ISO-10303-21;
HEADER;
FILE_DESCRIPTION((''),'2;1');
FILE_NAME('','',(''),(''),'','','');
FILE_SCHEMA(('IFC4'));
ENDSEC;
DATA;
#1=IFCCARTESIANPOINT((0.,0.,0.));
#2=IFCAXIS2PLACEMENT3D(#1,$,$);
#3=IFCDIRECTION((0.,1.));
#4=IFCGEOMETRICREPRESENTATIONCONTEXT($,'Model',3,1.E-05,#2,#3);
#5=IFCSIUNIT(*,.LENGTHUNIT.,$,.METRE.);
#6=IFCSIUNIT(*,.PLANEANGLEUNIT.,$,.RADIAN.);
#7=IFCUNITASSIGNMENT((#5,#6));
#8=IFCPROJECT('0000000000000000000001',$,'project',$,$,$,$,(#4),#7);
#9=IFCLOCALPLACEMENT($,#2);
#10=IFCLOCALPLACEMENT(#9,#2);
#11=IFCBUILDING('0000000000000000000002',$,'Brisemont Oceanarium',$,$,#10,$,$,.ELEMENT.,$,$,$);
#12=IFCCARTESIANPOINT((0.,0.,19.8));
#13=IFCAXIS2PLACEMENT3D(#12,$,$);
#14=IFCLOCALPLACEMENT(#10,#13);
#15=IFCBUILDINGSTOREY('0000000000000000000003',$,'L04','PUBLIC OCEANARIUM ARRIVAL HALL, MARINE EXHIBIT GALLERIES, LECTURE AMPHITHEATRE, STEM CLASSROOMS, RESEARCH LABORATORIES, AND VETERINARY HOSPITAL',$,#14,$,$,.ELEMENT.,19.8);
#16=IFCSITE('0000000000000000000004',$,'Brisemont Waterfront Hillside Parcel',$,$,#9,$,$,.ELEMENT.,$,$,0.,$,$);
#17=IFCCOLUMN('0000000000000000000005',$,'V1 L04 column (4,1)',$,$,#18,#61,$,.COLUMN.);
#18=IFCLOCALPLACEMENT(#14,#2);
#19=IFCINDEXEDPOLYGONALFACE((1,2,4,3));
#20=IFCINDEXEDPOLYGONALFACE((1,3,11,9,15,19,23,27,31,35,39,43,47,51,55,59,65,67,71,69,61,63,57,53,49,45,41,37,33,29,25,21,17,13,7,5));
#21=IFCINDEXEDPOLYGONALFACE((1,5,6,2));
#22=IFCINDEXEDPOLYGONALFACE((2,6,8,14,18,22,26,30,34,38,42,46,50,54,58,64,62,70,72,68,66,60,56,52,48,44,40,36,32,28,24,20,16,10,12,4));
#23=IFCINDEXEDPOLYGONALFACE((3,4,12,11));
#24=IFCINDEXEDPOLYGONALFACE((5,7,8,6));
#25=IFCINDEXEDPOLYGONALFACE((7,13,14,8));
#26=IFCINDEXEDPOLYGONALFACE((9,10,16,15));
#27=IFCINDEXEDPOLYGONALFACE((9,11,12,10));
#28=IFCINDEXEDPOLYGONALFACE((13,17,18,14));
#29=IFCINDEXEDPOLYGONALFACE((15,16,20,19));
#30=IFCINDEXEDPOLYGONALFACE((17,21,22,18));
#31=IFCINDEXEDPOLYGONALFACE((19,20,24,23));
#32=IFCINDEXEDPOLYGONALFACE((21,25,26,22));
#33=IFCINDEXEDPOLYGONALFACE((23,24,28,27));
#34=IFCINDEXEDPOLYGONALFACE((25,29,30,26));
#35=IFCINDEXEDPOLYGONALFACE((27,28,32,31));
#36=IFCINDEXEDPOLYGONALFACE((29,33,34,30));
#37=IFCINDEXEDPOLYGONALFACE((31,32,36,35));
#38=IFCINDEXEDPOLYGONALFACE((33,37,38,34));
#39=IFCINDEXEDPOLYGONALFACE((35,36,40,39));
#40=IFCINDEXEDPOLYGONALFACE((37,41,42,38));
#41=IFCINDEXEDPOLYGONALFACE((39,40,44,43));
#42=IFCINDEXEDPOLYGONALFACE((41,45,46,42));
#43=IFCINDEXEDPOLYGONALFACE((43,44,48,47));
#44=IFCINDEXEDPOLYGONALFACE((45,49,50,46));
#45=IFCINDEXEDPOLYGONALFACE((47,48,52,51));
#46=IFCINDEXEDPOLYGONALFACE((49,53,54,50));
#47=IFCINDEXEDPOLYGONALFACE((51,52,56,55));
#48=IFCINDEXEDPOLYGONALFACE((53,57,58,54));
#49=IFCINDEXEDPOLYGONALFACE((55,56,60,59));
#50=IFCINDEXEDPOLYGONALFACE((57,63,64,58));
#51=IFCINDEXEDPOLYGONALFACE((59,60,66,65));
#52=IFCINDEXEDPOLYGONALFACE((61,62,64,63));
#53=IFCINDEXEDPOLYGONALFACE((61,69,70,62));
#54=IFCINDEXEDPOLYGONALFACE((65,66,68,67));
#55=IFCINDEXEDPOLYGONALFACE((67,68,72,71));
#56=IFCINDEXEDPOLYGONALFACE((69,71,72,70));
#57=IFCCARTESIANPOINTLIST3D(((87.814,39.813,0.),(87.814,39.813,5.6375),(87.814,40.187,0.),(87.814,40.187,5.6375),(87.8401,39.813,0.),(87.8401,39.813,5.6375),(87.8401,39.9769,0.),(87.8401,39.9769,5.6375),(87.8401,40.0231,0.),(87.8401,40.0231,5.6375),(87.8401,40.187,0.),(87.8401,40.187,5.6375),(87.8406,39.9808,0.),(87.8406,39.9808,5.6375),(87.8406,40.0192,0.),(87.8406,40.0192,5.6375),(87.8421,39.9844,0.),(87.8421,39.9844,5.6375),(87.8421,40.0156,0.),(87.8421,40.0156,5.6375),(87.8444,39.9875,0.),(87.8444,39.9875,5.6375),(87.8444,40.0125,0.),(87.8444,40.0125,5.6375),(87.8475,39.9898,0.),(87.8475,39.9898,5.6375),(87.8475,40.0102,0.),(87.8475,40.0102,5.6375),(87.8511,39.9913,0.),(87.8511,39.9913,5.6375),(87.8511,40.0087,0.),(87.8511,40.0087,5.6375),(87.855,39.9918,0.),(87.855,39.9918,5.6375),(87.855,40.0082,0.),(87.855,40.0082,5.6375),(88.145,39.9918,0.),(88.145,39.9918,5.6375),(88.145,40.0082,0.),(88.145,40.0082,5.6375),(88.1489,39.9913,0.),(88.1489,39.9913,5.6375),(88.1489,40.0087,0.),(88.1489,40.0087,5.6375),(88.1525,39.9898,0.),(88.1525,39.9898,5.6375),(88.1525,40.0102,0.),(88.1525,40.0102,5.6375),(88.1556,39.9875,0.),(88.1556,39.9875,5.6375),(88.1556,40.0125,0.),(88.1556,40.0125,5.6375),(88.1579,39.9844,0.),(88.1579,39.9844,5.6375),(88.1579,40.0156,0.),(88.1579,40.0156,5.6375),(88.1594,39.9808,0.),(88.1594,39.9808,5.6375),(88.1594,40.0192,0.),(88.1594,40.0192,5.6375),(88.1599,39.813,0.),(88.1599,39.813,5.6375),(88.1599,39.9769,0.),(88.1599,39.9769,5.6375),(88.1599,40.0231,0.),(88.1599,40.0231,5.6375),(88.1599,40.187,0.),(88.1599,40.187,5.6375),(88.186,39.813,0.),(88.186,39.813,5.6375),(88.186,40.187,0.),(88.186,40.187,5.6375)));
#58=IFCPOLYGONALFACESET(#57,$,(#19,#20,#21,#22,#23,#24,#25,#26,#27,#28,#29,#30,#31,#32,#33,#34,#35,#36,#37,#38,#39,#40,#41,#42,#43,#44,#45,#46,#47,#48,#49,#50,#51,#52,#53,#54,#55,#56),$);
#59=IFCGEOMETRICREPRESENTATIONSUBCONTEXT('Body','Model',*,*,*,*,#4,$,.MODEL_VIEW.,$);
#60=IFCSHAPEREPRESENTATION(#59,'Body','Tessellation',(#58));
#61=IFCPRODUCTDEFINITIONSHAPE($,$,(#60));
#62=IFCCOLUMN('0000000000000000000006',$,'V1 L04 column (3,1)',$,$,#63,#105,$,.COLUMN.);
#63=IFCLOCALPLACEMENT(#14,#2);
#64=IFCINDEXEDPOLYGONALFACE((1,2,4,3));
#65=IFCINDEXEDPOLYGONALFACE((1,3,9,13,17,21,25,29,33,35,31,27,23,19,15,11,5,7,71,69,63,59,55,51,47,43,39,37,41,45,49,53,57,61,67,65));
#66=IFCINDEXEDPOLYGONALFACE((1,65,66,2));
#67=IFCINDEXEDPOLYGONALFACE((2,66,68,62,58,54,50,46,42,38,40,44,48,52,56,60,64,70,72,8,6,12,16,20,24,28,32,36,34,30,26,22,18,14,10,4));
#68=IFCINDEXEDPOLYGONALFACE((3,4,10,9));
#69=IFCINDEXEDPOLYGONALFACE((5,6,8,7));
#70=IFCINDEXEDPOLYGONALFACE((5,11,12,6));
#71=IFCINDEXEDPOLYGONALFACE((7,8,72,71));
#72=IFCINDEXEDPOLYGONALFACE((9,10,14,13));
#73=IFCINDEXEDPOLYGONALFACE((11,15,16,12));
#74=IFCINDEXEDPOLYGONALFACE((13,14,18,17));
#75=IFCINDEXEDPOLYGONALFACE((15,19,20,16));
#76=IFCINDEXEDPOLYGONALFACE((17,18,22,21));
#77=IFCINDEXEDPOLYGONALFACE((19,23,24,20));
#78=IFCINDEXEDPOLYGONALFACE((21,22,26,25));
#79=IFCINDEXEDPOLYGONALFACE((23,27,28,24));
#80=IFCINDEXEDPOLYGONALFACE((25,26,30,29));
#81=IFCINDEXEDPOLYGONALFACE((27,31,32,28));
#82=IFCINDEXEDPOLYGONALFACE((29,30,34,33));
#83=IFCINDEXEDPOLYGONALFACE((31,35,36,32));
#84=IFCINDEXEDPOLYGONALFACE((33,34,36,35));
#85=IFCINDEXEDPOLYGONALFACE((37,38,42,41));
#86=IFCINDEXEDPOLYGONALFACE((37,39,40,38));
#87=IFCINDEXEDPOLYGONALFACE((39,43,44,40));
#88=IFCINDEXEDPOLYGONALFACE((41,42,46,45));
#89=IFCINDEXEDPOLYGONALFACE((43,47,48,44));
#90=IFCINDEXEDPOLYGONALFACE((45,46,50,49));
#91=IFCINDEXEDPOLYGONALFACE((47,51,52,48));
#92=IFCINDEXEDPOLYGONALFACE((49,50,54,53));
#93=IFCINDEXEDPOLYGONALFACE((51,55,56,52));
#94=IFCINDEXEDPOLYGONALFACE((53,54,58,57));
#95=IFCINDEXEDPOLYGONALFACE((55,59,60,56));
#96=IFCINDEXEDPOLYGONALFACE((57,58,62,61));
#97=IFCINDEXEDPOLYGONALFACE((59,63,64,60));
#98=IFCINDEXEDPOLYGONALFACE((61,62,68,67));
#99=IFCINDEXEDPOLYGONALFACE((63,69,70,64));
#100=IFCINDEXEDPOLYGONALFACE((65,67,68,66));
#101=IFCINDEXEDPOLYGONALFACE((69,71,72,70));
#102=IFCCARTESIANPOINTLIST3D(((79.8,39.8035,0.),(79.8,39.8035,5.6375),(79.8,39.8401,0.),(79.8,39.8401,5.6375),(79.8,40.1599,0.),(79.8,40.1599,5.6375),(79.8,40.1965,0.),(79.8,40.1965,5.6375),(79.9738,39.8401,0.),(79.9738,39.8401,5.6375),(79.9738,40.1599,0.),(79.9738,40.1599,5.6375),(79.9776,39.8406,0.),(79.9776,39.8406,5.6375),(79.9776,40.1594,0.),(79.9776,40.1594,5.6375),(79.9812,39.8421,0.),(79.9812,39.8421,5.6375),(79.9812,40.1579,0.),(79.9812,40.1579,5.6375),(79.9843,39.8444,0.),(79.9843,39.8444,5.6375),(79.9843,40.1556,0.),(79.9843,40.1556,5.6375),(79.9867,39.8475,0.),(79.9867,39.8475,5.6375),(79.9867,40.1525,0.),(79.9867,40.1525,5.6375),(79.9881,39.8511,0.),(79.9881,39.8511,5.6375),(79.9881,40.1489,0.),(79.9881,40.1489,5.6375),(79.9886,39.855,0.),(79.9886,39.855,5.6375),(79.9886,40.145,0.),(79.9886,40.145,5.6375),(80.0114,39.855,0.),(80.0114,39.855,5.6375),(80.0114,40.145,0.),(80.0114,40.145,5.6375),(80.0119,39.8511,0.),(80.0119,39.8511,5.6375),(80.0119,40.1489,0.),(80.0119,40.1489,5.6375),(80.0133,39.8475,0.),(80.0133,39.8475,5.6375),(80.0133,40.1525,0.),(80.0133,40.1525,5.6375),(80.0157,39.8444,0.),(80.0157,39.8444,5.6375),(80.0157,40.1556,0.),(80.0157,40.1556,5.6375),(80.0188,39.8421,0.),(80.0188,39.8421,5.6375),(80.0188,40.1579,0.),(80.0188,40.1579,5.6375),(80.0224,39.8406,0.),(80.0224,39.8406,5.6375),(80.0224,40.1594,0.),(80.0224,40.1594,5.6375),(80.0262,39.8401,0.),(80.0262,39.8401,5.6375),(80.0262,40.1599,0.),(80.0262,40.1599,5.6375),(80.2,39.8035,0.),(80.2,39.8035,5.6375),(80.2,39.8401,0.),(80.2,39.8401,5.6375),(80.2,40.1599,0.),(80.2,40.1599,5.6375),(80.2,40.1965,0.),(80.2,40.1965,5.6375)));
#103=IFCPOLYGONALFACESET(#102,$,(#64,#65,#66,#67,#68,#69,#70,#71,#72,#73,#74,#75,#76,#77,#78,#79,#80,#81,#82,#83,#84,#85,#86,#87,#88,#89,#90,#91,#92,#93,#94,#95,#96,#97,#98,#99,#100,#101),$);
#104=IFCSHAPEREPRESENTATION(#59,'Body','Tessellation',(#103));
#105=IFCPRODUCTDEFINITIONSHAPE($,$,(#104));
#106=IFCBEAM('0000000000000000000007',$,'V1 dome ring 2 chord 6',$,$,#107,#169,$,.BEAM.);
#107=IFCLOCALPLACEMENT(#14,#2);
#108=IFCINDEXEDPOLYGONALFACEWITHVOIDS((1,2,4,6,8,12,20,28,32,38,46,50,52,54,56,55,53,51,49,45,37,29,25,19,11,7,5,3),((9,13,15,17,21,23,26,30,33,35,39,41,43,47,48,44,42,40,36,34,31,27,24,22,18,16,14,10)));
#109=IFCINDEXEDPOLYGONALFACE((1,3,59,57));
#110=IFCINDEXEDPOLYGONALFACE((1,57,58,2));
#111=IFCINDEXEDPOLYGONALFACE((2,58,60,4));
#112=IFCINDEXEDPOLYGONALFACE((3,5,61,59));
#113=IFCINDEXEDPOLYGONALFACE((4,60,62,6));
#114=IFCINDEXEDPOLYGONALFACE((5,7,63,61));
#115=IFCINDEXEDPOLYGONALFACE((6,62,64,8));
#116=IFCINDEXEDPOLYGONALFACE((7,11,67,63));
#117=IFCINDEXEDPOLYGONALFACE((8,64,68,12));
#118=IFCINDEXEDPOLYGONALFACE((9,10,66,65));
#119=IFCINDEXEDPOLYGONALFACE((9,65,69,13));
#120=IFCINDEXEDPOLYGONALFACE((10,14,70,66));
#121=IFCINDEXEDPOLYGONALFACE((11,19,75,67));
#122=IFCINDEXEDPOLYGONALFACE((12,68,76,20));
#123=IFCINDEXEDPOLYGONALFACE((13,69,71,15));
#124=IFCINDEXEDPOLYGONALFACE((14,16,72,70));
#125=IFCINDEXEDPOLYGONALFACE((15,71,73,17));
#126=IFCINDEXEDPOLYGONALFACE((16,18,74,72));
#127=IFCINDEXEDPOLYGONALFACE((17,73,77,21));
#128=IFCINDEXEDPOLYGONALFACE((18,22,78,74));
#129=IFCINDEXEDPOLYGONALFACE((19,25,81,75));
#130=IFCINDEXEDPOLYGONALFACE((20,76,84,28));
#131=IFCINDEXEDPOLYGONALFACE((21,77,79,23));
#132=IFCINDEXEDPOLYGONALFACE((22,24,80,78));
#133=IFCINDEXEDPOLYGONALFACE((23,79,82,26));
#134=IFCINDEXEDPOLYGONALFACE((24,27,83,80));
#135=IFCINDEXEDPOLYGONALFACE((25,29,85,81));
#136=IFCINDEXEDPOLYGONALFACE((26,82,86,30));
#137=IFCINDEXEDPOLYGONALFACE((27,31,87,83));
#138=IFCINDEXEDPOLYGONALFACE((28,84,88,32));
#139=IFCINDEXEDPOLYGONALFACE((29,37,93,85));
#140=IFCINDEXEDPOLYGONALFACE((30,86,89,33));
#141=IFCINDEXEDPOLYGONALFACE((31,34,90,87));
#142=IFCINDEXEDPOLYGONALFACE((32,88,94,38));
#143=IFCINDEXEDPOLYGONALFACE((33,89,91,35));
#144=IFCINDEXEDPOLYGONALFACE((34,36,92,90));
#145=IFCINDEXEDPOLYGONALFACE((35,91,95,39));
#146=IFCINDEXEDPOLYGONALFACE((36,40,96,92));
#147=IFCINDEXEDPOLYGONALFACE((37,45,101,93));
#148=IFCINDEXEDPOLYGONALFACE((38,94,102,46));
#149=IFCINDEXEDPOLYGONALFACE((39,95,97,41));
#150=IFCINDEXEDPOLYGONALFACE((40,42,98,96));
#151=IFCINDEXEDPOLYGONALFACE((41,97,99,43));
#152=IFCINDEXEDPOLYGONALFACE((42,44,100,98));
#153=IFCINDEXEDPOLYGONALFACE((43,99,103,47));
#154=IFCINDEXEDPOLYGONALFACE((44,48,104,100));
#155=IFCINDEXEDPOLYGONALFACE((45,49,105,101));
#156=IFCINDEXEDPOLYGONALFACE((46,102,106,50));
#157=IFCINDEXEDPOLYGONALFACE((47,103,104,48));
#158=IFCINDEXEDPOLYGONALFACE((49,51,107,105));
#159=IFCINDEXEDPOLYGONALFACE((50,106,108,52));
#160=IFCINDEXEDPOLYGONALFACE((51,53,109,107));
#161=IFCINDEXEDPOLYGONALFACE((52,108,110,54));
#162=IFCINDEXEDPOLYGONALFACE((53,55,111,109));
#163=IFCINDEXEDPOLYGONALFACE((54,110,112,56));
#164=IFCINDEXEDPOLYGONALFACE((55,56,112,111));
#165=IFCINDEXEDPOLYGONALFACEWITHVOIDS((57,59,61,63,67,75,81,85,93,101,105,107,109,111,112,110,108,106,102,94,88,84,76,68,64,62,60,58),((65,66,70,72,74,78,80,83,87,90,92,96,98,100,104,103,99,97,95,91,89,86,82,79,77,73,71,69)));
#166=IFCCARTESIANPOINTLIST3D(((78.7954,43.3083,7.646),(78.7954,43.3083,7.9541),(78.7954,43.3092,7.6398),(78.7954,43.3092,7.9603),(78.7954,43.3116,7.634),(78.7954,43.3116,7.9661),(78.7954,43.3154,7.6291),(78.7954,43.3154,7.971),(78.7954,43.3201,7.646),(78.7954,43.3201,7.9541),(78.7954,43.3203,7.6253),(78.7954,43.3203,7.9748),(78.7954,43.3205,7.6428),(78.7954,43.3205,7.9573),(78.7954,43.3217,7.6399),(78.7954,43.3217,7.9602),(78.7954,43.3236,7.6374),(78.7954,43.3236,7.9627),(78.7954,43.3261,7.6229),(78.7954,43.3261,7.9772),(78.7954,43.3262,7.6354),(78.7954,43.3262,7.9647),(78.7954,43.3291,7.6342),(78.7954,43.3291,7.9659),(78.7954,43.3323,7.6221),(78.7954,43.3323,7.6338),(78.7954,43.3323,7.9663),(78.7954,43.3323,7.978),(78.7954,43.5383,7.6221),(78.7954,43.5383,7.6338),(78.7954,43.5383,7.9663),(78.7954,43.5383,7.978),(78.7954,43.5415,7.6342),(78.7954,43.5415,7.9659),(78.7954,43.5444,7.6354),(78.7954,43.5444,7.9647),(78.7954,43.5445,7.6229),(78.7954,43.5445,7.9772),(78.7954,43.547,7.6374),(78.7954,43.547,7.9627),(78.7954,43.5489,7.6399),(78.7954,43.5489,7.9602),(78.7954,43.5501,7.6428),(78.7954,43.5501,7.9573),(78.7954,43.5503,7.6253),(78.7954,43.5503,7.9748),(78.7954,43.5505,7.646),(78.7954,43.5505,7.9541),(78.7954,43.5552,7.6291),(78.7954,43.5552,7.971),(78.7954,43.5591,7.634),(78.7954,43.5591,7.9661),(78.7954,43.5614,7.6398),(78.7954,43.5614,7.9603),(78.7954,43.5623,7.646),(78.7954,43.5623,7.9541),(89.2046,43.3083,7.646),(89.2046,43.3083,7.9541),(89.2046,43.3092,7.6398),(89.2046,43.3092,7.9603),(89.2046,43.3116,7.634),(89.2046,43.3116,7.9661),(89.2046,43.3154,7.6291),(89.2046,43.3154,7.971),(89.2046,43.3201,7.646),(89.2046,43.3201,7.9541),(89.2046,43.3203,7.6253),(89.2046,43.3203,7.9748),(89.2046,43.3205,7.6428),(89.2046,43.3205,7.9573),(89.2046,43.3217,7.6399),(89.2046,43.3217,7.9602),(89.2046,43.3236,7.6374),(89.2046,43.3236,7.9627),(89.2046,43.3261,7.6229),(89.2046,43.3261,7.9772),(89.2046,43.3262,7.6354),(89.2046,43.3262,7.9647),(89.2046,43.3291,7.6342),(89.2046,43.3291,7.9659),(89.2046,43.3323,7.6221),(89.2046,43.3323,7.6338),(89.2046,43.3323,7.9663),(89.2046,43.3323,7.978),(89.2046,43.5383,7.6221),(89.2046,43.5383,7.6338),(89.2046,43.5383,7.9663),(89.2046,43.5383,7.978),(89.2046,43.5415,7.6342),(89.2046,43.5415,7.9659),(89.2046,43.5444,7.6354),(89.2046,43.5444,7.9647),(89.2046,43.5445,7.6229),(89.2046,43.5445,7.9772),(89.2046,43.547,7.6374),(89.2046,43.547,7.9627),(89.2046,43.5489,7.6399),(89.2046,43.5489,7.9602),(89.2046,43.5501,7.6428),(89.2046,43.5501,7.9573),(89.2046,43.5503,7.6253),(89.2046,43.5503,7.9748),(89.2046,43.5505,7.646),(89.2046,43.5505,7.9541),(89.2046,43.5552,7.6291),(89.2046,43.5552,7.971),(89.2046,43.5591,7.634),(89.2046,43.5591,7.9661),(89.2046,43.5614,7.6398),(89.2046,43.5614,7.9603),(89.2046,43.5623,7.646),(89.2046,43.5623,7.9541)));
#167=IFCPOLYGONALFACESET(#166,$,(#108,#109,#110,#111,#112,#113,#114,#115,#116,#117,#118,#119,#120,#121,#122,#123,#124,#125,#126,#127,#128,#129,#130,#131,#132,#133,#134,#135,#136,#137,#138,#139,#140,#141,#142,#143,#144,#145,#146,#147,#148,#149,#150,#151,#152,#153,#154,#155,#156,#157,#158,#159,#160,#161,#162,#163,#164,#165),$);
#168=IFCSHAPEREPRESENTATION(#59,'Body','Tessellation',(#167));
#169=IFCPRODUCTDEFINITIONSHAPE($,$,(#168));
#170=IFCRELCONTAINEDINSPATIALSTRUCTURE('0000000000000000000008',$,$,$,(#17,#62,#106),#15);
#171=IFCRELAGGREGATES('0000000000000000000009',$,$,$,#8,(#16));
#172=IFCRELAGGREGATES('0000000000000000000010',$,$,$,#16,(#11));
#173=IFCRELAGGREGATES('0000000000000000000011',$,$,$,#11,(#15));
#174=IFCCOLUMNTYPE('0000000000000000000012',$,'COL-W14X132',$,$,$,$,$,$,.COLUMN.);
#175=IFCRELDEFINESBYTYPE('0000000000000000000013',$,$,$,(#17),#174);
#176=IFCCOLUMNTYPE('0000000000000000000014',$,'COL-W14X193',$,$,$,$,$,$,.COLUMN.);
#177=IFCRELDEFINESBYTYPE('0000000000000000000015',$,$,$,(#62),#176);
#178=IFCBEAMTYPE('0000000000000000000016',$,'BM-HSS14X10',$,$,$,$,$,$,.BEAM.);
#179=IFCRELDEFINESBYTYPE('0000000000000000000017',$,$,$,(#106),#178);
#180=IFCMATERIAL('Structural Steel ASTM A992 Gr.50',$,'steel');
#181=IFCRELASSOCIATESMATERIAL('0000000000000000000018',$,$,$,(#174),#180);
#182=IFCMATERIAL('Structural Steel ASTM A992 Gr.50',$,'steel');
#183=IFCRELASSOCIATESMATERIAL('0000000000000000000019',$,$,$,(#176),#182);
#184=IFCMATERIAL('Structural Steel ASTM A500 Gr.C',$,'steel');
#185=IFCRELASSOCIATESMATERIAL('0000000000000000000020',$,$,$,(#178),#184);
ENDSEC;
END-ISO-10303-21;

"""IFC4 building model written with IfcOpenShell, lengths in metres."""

from ifc_helpers import new_model, si_unit, direction, frame, origin, origin_2d, place, context, subcontext, project, spatial, hollow_rectangle, i_section, extrude, material, material_profile, profile_set, type_object, element, save


model = new_model("IFC4")

# Units and contexts
model_context = context("Model", 3, precision=1e-05, world=origin(), true_north=direction((0.0, 1.0)))
body_context = subcontext(model_context, "Body", "Model", "MODEL_VIEW")
ifc_project = project(units=[si_unit("LENGTHUNIT", "METRE"), si_unit("PLANEANGLEUNIT", "RADIAN")], contexts=[model_context])

# Site, building, storey
site_placement = place(None, origin())
site = spatial("IfcSite", under=ifc_project, at=site_placement, Name="Brisemont Waterfront Hillside Parcel", CompositionType="ELEMENT", RefElevation=0.0)
building_placement = place(site_placement, origin())
building = spatial("IfcBuilding", under=site, at=building_placement, Name="Brisemont Oceanarium", CompositionType="ELEMENT")
storey_placement = place(building_placement, frame((0.0, 0.0, 19.8)))
storey = spatial("IfcBuildingStorey", under=building, at=storey_placement, Name="L04", Description="PUBLIC OCEANARIUM ARRIVAL HALL, MARINE EXHIBIT GALLERIES, LECTURE AMPHITHEATRE, STEM CLASSROOMS, RESEARCH LABORATORIES, AND VETERINARY HOSPITAL", CompositionType="ELEMENT", Elevation=19.8)

# Columns
ifc_material_1 = material(Name="Structural Steel ASTM A992 Gr.50", Category="steel")
ifc_material_profile_1 = material_profile(ifc_material_1, i_section(OverallWidth=0.374, OverallDepth=0.3721, WebThickness=0.0164, FlangeThickness=0.0261, FilletRadius=0.0149, at=origin_2d()), Name="W14X132")
ifc_profile_set_1 = profile_set([ifc_material_profile_1], Name="Structural Steel ASTM A992 Gr.50")
column_type_1 = type_object("IfcColumnType", Name="COL-W14X132", PredefinedType="COLUMN", material=ifc_profile_set_1)
column_1_placement = place(storey_placement, frame((88.0, 40.0, 0.0), z_axis=(0.0, 0.0, 1.0), x_axis=(0.0, 1.0, 0.0)))
element("IfcColumn", 1, at=column_1_placement, inside=storey, type_object=column_type_1, Name="V1 L04 column (4,1)", PredefinedType="COLUMN", context=body_context, shape_type="SweptSolid", body=[
    extrude(i_section(OverallWidth=0.374, OverallDepth=0.3721, WebThickness=0.0164, FlangeThickness=0.0261, FilletRadius=0.0149, at=origin_2d()), origin(), (0.0, 0.0, 1.0), 5.6375),
])
ifc_material_2 = material(Name="Structural Steel ASTM A992 Gr.50", Category="steel")
ifc_material_profile_2 = material_profile(ifc_material_2, i_section(OverallWidth=0.3999, OverallDepth=0.3931, WebThickness=0.0227, FlangeThickness=0.0366, FilletRadius=0.0149, at=origin_2d()), Name="W14X193")
ifc_profile_set_2 = profile_set([ifc_material_profile_2], Name="Structural Steel ASTM A992 Gr.50")
column_type_2 = type_object("IfcColumnType", Name="COL-W14X193", PredefinedType="COLUMN", material=ifc_profile_set_2)
column_2_placement = place(storey_placement, frame((80.0, 40.0, 0.0), z_axis=(0.0, 0.0, 1.0), x_axis=(1.0, 0.0, 0.0)))
element("IfcColumn", 2, at=column_2_placement, inside=storey, type_object=column_type_2, Name="V1 L04 column (3,1)", PredefinedType="COLUMN", context=body_context, shape_type="SweptSolid", body=[
    extrude(i_section(OverallWidth=0.3999, OverallDepth=0.3931, WebThickness=0.0227, FlangeThickness=0.0366, FilletRadius=0.0149, at=origin_2d()), origin(), (0.0, 0.0, 1.0), 5.6375),
])

# Beam
ifc_material_3 = material(Name="Structural Steel ASTM A500 Gr.C", Category="steel")
ifc_material_profile_3 = material_profile(ifc_material_3, hollow_rectangle(XDim=0.2539, YDim=0.356, WallThickness=0.0117, InnerFilletRadius=0.0122, OuterFilletRadius=0.0239, at=origin_2d()), Name="HSS14X10X1/2")
ifc_profile_set_3 = profile_set([ifc_material_profile_3], Name="Structural Steel ASTM A500 Gr.C")
beam_type_1 = type_object("IfcBeamType", Name="BM-HSS14X10", PredefinedType="BEAM", material=ifc_profile_set_3)
beam_1_placement = place(storey_placement, frame((78.7954, 43.4353, 7.8), z_axis=(1.0, 0.0, 0.0), x_axis=(0.0, 1.0, 0.0)))
element("IfcBeam", 3, at=beam_1_placement, inside=storey, type_object=beam_type_1, Name="V1 dome ring 2 chord 6", PredefinedType="BEAM", context=body_context, shape_type="SweptSolid", body=[
    extrude(hollow_rectangle(XDim=0.2539, YDim=0.356, WallThickness=0.0117, InnerFilletRadius=0.0122, OuterFilletRadius=0.0239, at=origin_2d()), origin(), (0.0, 0.0, 1.0), 10.4092),
])

save(model, "model.ifc")
